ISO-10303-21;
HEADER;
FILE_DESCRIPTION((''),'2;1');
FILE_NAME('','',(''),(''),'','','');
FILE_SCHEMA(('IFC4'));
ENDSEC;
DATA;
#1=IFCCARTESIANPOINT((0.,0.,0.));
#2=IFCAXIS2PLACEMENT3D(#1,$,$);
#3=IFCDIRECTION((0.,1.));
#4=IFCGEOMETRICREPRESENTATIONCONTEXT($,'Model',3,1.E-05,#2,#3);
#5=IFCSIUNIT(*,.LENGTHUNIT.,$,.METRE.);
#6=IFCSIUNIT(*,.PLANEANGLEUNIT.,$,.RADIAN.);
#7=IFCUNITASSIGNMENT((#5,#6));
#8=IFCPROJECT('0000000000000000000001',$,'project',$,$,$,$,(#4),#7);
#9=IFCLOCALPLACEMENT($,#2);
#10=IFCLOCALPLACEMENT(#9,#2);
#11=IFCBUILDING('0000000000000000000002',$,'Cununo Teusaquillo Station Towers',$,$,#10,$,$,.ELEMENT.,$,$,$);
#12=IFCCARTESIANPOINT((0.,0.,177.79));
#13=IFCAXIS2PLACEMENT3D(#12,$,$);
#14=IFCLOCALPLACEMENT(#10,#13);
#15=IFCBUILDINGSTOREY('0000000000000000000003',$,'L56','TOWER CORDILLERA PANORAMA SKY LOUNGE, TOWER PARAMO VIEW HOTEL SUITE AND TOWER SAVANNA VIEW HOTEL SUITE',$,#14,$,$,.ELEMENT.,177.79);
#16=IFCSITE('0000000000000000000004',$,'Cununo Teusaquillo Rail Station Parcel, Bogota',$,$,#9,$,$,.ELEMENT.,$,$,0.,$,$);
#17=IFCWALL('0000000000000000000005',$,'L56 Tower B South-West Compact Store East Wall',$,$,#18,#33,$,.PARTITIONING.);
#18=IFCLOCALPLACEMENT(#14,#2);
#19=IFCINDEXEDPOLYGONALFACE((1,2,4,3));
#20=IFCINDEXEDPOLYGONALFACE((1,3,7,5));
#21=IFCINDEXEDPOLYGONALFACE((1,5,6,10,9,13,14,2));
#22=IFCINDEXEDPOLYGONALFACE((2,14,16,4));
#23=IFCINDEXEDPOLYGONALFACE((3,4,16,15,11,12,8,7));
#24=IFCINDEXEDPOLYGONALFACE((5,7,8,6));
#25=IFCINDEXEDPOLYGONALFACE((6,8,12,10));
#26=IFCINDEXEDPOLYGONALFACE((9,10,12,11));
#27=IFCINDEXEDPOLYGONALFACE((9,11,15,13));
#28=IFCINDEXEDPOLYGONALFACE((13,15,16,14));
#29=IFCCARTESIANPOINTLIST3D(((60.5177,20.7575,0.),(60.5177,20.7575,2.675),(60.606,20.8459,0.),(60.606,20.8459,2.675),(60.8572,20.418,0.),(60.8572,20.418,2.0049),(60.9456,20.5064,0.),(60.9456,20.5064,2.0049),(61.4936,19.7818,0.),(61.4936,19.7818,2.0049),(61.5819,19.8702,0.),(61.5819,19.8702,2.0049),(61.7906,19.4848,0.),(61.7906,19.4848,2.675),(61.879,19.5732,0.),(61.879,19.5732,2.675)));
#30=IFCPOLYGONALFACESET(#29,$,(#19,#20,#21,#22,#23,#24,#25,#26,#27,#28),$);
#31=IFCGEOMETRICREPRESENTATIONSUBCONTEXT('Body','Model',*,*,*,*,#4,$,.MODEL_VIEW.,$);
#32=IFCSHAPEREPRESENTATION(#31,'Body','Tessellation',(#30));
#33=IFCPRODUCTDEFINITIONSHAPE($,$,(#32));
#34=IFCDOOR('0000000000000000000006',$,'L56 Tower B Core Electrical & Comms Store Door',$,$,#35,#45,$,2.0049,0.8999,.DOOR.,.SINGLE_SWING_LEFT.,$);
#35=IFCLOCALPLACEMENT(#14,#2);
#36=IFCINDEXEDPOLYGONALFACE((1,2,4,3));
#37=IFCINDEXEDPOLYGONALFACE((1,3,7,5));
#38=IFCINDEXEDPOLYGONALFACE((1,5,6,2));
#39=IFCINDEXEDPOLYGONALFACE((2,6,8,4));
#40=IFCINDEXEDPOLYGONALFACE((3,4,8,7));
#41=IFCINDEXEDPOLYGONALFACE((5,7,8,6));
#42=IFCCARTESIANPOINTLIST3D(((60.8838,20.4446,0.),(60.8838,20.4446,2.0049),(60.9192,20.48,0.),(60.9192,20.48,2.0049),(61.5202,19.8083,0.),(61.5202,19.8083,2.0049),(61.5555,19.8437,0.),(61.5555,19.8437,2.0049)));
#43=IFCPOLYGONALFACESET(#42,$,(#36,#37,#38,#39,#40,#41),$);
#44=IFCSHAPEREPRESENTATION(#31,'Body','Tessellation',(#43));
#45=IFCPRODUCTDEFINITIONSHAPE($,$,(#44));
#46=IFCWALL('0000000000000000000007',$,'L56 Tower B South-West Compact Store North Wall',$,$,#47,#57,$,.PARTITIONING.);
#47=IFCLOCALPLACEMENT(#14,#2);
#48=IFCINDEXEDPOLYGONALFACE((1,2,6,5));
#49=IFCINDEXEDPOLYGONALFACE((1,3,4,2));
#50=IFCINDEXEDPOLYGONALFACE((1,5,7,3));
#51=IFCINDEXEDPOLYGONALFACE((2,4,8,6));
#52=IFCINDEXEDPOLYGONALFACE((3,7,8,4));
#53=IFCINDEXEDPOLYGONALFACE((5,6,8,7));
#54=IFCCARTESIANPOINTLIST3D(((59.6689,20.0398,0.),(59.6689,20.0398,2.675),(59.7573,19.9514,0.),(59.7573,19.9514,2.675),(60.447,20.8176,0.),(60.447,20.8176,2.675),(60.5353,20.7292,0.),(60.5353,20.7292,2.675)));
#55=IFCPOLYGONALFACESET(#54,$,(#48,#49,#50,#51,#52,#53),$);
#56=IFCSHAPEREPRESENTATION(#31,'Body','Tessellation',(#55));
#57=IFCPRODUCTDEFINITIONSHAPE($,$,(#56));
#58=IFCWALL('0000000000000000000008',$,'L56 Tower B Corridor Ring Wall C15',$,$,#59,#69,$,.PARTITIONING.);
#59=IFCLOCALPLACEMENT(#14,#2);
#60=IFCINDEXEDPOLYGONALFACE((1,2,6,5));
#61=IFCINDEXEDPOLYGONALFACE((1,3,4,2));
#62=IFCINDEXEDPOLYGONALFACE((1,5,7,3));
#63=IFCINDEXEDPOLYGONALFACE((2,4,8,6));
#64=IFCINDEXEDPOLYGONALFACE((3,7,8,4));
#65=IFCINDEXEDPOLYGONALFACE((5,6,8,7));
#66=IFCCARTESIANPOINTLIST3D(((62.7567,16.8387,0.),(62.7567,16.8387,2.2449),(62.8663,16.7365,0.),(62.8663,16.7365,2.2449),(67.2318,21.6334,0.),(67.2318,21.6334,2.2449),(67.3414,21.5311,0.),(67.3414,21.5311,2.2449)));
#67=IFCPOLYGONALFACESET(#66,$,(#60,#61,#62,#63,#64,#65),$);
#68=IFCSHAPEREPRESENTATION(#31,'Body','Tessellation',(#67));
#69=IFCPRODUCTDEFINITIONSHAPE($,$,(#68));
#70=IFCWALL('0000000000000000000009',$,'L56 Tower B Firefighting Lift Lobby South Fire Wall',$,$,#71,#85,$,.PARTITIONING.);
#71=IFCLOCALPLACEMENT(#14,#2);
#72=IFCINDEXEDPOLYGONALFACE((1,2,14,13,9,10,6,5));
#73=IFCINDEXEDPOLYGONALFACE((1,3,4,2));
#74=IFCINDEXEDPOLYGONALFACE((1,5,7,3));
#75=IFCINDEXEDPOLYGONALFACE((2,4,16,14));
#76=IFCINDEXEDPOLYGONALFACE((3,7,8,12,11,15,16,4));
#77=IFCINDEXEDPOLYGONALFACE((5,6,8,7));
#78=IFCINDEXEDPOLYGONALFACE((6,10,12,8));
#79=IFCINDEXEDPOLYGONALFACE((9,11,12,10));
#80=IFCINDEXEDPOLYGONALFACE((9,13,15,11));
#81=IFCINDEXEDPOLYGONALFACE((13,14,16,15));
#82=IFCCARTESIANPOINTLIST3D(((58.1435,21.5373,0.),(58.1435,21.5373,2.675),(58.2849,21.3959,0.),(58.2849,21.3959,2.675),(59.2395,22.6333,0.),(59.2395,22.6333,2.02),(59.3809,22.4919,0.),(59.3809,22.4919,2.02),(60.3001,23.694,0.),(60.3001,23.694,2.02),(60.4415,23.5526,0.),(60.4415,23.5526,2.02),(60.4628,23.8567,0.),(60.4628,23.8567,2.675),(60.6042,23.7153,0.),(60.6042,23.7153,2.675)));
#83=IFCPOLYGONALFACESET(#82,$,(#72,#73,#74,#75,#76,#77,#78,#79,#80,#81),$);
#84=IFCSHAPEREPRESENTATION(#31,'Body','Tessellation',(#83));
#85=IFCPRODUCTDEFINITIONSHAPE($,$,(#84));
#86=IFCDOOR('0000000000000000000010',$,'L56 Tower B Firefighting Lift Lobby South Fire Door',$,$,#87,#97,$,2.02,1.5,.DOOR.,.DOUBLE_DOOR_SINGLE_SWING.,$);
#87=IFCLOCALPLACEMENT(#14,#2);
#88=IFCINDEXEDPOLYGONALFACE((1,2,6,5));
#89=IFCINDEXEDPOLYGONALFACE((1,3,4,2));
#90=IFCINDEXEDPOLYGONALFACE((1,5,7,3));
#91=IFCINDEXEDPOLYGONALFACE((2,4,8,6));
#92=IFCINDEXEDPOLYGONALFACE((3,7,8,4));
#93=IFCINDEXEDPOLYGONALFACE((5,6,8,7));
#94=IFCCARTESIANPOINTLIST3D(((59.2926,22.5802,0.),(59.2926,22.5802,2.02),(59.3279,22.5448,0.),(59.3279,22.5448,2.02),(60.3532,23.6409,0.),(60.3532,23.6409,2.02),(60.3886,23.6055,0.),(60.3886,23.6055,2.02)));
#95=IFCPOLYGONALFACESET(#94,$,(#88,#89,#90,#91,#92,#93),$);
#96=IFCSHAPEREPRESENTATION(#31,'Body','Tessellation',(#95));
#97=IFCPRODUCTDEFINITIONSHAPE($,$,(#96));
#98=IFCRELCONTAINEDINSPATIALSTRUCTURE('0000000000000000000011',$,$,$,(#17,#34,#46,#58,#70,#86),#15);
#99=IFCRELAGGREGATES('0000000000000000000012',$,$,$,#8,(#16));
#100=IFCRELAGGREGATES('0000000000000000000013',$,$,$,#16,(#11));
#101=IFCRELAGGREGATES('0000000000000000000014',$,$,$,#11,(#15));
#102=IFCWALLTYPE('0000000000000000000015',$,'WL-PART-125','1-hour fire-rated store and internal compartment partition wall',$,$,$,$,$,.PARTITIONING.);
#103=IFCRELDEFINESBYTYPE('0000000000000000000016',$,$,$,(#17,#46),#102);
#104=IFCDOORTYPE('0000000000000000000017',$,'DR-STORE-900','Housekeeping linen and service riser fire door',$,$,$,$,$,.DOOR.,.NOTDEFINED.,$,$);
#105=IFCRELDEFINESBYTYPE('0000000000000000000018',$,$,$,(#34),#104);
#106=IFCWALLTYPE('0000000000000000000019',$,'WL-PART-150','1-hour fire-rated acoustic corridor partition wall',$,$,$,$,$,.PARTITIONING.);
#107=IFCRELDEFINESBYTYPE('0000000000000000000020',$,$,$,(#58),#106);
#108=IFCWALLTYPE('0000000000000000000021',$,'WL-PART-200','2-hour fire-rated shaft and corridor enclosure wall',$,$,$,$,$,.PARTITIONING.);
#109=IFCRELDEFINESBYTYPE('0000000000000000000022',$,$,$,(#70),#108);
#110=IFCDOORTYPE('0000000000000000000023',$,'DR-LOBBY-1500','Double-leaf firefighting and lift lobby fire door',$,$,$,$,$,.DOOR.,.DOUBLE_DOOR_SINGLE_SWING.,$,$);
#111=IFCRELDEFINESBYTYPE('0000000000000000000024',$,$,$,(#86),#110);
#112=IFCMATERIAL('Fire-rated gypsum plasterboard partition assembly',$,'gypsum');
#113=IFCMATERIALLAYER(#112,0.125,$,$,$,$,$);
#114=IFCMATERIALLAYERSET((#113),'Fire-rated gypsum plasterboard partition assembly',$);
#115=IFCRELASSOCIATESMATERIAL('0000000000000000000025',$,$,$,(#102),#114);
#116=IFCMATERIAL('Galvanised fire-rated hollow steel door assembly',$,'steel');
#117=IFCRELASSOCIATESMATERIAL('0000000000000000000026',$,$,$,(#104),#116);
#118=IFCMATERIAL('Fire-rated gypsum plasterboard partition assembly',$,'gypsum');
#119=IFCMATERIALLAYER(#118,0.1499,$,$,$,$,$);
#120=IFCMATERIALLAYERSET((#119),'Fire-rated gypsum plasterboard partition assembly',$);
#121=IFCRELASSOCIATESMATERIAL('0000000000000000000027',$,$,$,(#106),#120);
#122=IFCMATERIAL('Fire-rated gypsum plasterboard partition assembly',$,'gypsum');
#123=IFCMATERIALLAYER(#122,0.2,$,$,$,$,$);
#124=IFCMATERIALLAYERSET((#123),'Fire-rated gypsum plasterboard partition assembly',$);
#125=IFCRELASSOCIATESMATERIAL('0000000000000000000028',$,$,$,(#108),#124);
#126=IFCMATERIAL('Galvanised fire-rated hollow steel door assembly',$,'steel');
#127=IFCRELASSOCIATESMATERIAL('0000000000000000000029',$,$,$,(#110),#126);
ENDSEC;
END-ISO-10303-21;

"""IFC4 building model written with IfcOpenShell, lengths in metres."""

from ifc_helpers import new_model, si_unit, direction, frame, frame_2d, origin, place, context, subcontext, project, spatial, rectangle, extrude, source, transform, mapped, material, layer, layer_set, type_object, element, fill, save


model = new_model("IFC4")

# Units and contexts
model_context = context("Model", 3, precision=1e-05, world=origin(), true_north=direction((0.0, 1.0)))
body_context = subcontext(model_context, "Body", "Model", "MODEL_VIEW")
ifc_project = project(units=[si_unit("LENGTHUNIT", "METRE"), si_unit("PLANEANGLEUNIT", "RADIAN")], contexts=[model_context])

# Site, building, storey
site_placement = place(None, origin())
site = spatial("IfcSite", under=ifc_project, at=site_placement, Name="Cununo Teusaquillo Rail Station Parcel, Bogota", CompositionType="ELEMENT", RefElevation=0.0)
building_placement = place(site_placement, origin())
building = spatial("IfcBuilding", under=site, at=building_placement, Name="Cununo Teusaquillo Station Towers", CompositionType="ELEMENT")
storey_placement = place(building_placement, frame((0.0, 0.0, 177.79)))
storey = spatial("IfcBuildingStorey", under=building, at=storey_placement, Name="L56", Description="TOWER CORDILLERA PANORAMA SKY LOUNGE, TOWER PARAMO VIEW HOTEL SUITE AND TOWER SAVANNA VIEW HOTEL SUITE", CompositionType="ELEMENT", Elevation=177.79)

# Wall, opening, door
ifc_material_1 = material(Name="Fire-rated gypsum plasterboard partition assembly", Category="gypsum")
ifc_layer_1 = layer(ifc_material_1, 0.125)
ifc_layer_set_1 = layer_set([ifc_layer_1], Name="Fire-rated gypsum plasterboard partition assembly")
wall_type_1 = type_object("IfcWallType", Name="WL-PART-125", Description="1-hour fire-rated store and internal compartment partition wall", PredefinedType="PARTITIONING", material=ifc_layer_set_1)
wall_1_placement = place(storey_placement, frame((61.8347, 19.5291, 0.0), z_axis=(0.0, 0.0, 1.0), x_axis=(-0.707175, 0.707039, 0.0)))
wall_1 = element("IfcWall", 1, at=wall_1_placement, inside=storey, type_object=wall_type_1, Name="L56 Tower B South-West Compact Store East Wall", PredefinedType="PARTITIONING", context=body_context, shape_type="SweptSolid", body=[
    extrude(rectangle(XDim=1.8, YDim=0.125, at=frame_2d((0.8999, 0.0))), origin(), (0.0, 0.0, 1.0), 2.675),
])
shared_shape_1 = source(origin(), body_context, "Body", "SweptSolid", [
    extrude(rectangle(XDim=0.8999, YDim=2.0049, at=frame_2d((0.45, 1.0024))), frame((0.0, 0.0725, 0.0), z_axis=(0.0, -1.0, 0.0), x_axis=(1.0, 0.0, 0.0)), (0.0, 0.0, 1.0), 0.145),
])
opening_1_placement = place(wall_1_placement, frame((0.4199, 0.0, 0.0)))
opening_1 = element("IfcOpeningElement", 2, at=opening_1_placement, cuts=wall_1, PredefinedType="OPENING", context=body_context, shape_type="MappedRepresentation", body=[
    mapped(shared_shape_1, transform((0.0, 0.0, 0.0), x_axis=(1.0, 0.0, 0.0), y_axis=(0.0, 1.0, 0.0), z_axis=(0.0, 0.0, 1.0), scale=1.0)),
])
ifc_material_2 = material(Name="Galvanised fire-rated hollow steel door assembly", Category="steel")
door_type_1 = type_object("IfcDoorType", Name="DR-STORE-900", Description="Housekeeping linen and service riser fire door", OperationType="NOTDEFINED", PredefinedType="DOOR", material=ifc_material_2)
shared_shape_2 = source(origin(), body_context, "Body", "SweptSolid", [
    extrude(rectangle(XDim=0.8999, YDim=2.0049, at=frame_2d((0.45, 1.0024))), frame((0.0, 0.0249, 0.0), z_axis=(0.0, -1.0, 0.0), x_axis=(1.0, 0.0, 0.0)), (0.0, 0.0, 1.0), 0.05),
])
door_1_placement = place(opening_1_placement, origin())
door_1 = element("IfcDoor", 3, at=door_1_placement, inside=storey, type_object=door_type_1, Name="L56 Tower B Core Electrical & Comms Store Door", OperationType="SINGLE_SWING_LEFT", OverallHeight=2.0049, OverallWidth=0.8999, PredefinedType="DOOR", context=body_context, shape_type="MappedRepresentation", body=[
    mapped(shared_shape_2, transform((0.0, 0.0, 0.0), x_axis=(1.0, 0.0, 0.0), y_axis=(0.0, 1.0, 0.0), z_axis=(0.0, 0.0, 1.0), scale=1.0)),
])
fill(opening_1, door_1)

# Walls
wall_2_placement = place(storey_placement, frame((59.7131, 19.9956, 0.0), z_axis=(0.0, 0.0, 1.0), x_axis=(0.707218, 0.706996, 0.0)))
element("IfcWall", 4, at=wall_2_placement, inside=storey, type_object=wall_type_1, Name="L56 Tower B South-West Compact Store North Wall", PredefinedType="PARTITIONING", context=body_context, shape_type="SweptSolid", body=[
    extrude(rectangle(XDim=1.1001, YDim=0.125, at=frame_2d((0.55, 0.0))), origin(), (0.0, 0.0, 1.0), 2.675),
])
ifc_material_3 = material(Name="Fire-rated gypsum plasterboard partition assembly", Category="gypsum")
ifc_layer_2 = layer(ifc_material_3, 0.1499)
ifc_layer_set_2 = layer_set([ifc_layer_2], Name="Fire-rated gypsum plasterboard partition assembly")
wall_type_2 = type_object("IfcWallType", Name="WL-PART-150", Description="1-hour fire-rated acoustic corridor partition wall", PredefinedType="PARTITIONING", material=ifc_layer_set_2)
wall_3_placement = place(storey_placement, frame((62.8115, 16.7876, 0.0), z_axis=(0.0, 0.0, 1.0), x_axis=(0.682324, 0.73105, 0.0)))
element("IfcWall", 5, at=wall_3_placement, inside=storey, type_object=wall_type_2, Name="L56 Tower B Corridor Ring Wall C15", PredefinedType="PARTITIONING", context=body_context, shape_type="SweptSolid", body=[
    extrude(rectangle(XDim=6.5586, YDim=0.1499, at=frame_2d((3.2793, 0.0))), origin(), (0.0, 0.0, 1.0), 2.2449),
])

# Wall, opening, door
ifc_material_4 = material(Name="Fire-rated gypsum plasterboard partition assembly", Category="gypsum")
ifc_layer_3 = layer(ifc_material_4, 0.2)
ifc_layer_set_3 = layer_set([ifc_layer_3], Name="Fire-rated gypsum plasterboard partition assembly")
wall_type_3 = type_object("IfcWallType", Name="WL-PART-200", Description="2-hour fire-rated shaft and corridor enclosure wall", PredefinedType="PARTITIONING", material=ifc_layer_set_3)
wall_4_placement = place(storey_placement, frame((58.2141, 21.4666, 0.0), z_axis=(0.0, 0.0, 1.0), x_axis=(0.707107, 0.707107, 0.0)))
wall_4 = element("IfcWall", 6, at=wall_4_placement, inside=storey, type_object=wall_type_3, Name="L56 Tower B Firefighting Lift Lobby South Fire Wall", PredefinedType="PARTITIONING", context=body_context, shape_type="SweptSolid", body=[
    extrude(rectangle(XDim=3.28, YDim=0.2, at=frame_2d((1.6401, 0.0))), origin(), (0.0, 0.0, 1.0), 2.675),
])
shared_shape_3 = source(origin(), body_context, "Body", "SweptSolid", [
    extrude(rectangle(XDim=1.5, YDim=2.02, at=frame_2d((0.75, 1.01))), frame((0.0, 0.1099, 0.0), z_axis=(0.0, -1.0, 0.0), x_axis=(1.0, 0.0, 0.0)), (0.0, 0.0, 1.0), 0.22),
])
opening_2_placement = place(wall_4_placement, frame((1.55, 0.0, 0.0)))
opening_2 = element("IfcOpeningElement", 7, at=opening_2_placement, cuts=wall_4, PredefinedType="OPENING", context=body_context, shape_type="MappedRepresentation", body=[
    mapped(shared_shape_3, transform((0.0, 0.0, 0.0), x_axis=(1.0, 0.0, 0.0), y_axis=(0.0, 1.0, 0.0), z_axis=(0.0, 0.0, 1.0), scale=1.0)),
])
ifc_material_5 = material(Name="Galvanised fire-rated hollow steel door assembly", Category="steel")
door_type_2 = type_object("IfcDoorType", Name="DR-LOBBY-1500", Description="Double-leaf firefighting and lift lobby fire door", OperationType="DOUBLE_DOOR_SINGLE_SWING", PredefinedType="DOOR", material=ifc_material_5)
shared_shape_4 = source(origin(), body_context, "Body", "SweptSolid", [
    extrude(rectangle(XDim=1.5, YDim=2.02, at=frame_2d((0.75, 1.01))), frame((0.0, 0.0249, 0.0), z_axis=(0.0, -1.0, 0.0), x_axis=(1.0, 0.0, 0.0)), (0.0, 0.0, 1.0), 0.05),
])
door_2_placement = place(opening_2_placement, origin())
door_2 = element("IfcDoor", 8, at=door_2_placement, inside=storey, type_object=door_type_2, Name="L56 Tower B Firefighting Lift Lobby South Fire Door", OperationType="DOUBLE_DOOR_SINGLE_SWING", OverallHeight=2.02, OverallWidth=1.5, PredefinedType="DOOR", context=body_context, shape_type="MappedRepresentation", body=[
    mapped(shared_shape_4, transform((0.0, 0.0, 0.0), x_axis=(1.0, 0.0, 0.0), y_axis=(0.0, 1.0, 0.0), z_axis=(0.0, 0.0, 1.0), scale=1.0)),
])
fill(opening_2, door_2)

save(model, "model.ifc")
